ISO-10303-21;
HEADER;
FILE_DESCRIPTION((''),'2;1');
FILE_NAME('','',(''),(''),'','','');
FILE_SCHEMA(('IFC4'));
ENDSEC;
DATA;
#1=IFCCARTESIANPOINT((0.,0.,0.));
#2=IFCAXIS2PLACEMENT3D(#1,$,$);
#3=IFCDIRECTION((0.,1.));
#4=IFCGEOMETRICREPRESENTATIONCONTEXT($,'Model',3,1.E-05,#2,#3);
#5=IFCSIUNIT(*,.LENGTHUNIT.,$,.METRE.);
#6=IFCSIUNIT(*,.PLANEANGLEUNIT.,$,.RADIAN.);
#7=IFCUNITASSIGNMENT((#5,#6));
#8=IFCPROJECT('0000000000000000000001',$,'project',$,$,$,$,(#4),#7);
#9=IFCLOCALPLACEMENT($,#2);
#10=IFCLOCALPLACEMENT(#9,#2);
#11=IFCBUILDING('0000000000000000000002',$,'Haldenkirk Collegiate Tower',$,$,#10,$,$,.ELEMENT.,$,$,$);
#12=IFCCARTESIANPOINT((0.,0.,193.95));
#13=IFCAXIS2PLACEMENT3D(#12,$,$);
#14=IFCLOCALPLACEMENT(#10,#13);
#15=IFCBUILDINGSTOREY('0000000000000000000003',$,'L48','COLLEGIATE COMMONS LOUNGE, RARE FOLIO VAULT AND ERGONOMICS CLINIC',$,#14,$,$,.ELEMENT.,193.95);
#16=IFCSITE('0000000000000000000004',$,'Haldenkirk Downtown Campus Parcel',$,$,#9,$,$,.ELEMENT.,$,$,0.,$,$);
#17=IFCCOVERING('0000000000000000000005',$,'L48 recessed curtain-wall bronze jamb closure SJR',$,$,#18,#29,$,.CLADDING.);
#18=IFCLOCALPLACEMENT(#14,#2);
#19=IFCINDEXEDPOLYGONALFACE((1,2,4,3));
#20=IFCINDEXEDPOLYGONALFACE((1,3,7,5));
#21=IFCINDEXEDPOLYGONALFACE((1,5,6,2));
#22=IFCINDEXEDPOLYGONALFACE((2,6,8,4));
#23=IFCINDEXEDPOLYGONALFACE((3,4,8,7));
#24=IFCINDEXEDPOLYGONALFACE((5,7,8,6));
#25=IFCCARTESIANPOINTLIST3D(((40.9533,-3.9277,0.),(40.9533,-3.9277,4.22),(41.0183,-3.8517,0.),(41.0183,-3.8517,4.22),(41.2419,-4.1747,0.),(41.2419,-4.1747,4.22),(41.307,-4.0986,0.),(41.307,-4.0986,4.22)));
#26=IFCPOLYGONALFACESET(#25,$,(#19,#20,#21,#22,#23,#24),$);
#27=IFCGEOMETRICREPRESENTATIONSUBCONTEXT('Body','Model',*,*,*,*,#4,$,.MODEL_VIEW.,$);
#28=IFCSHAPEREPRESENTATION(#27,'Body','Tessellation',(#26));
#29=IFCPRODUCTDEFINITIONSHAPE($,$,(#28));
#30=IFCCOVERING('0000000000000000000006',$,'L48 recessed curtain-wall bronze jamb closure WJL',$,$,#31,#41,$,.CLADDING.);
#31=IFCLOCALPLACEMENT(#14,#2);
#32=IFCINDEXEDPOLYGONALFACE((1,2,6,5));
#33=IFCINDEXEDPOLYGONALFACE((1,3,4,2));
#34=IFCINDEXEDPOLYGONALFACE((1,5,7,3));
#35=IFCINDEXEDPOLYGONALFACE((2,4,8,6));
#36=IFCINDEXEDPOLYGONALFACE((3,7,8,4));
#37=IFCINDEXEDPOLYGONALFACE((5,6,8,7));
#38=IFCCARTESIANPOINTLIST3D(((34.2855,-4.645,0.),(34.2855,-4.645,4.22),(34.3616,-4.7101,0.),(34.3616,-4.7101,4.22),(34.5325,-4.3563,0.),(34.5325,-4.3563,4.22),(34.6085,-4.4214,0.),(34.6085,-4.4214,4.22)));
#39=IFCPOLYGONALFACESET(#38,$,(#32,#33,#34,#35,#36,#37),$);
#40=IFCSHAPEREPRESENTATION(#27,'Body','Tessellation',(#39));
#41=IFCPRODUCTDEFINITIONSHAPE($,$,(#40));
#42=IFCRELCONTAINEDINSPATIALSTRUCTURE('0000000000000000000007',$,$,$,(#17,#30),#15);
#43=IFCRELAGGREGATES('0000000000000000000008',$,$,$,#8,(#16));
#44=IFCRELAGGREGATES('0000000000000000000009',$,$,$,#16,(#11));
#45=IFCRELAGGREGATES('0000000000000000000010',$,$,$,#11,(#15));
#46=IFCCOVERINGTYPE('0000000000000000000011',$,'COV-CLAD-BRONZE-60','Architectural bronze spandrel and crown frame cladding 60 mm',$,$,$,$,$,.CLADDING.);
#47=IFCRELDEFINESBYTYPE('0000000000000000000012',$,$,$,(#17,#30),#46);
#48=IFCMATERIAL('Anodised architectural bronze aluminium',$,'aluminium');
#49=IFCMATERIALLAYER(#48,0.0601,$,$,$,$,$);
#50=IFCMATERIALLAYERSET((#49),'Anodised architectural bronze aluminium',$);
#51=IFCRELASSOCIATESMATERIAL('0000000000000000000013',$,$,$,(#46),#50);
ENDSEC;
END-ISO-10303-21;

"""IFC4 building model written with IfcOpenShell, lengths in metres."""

from ifc_helpers import new_model, si_unit, direction, frame, origin, origin_2d, place, context, subcontext, project, spatial, rectangle, extrude, source, transform, mapped, material, layer, layer_set, type_object, element, save


model = new_model("IFC4")

# Units and contexts
model_context = context("Model", 3, precision=1e-05, world=origin(), true_north=direction((0.0, 1.0)))
body_context = subcontext(model_context, "Body", "Model", "MODEL_VIEW")
ifc_project = project(units=[si_unit("LENGTHUNIT", "METRE"), si_unit("PLANEANGLEUNIT", "RADIAN")], contexts=[model_context])

# Site, building, storey
site_placement = place(None, origin())
site = spatial("IfcSite", under=ifc_project, at=site_placement, Name="Haldenkirk Downtown Campus Parcel", CompositionType="ELEMENT", RefElevation=0.0)
building_placement = place(site_placement, origin())
building = spatial("IfcBuilding", under=site, at=building_placement, Name="Haldenkirk Collegiate Tower", CompositionType="ELEMENT")
storey_placement = place(building_placement, frame((0.0, 0.0, 193.95)))
storey = spatial("IfcBuildingStorey", under=building, at=storey_placement, Name="L48", Description="COLLEGIATE COMMONS LOUNGE, RARE FOLIO VAULT AND ERGONOMICS CLINIC", CompositionType="ELEMENT", Elevation=193.95)

# Shared definitions
ifc_material_1 = material(Name="Anodised architectural bronze aluminium", Category="aluminium")

# Coverings
ifc_layer_1 = layer(ifc_material_1, 0.0601)
ifc_layer_set_1 = layer_set([ifc_layer_1], Name="Anodised architectural bronze aluminium")
covering_type = type_object("IfcCoveringType", Name="COV-CLAD-BRONZE-60", Description="Architectural bronze spandrel and crown frame cladding 60 mm", PredefinedType="CLADDING", material=ifc_layer_set_1)
shared_shape_1 = source(origin(), body_context, "Body", "SweptSolid", [
    extrude(rectangle(XDim=0.1001, YDim=0.3799, at=origin_2d()), origin(), (0.0, 0.0, 1.0), 4.22),
])
for number, where, z_axis, x_axis, name in (
    (1, (41.1301, -4.0132, 0.0), (0.0, 0.0, 1.0), (-0.650111, -0.759839, 0.0), "L48 recessed curtain-wall bronze jamb closure SJR"),
    (2, (34.447, -4.5332, 0.0), (0.0, 0.0, 1.0), (-0.759839, 0.650111, 0.0), "L48 recessed curtain-wall bronze jamb closure WJL"),
):
    element("IfcCovering", number, at=place(storey_placement, frame(where, z_axis=z_axis, x_axis=x_axis)), inside=storey, type_object=covering_type, Name=name, PredefinedType="CLADDING", context=body_context, shape_type="MappedRepresentation", body=[
        mapped(shared_shape_1, transform((0.0, 0.0, 0.0), x_axis=(1.0, 0.0, 0.0), y_axis=(0.0, 1.0, 0.0), z_axis=(0.0, 0.0, 1.0), scale=1.0)),
    ])

save(model, "model.ifc")
